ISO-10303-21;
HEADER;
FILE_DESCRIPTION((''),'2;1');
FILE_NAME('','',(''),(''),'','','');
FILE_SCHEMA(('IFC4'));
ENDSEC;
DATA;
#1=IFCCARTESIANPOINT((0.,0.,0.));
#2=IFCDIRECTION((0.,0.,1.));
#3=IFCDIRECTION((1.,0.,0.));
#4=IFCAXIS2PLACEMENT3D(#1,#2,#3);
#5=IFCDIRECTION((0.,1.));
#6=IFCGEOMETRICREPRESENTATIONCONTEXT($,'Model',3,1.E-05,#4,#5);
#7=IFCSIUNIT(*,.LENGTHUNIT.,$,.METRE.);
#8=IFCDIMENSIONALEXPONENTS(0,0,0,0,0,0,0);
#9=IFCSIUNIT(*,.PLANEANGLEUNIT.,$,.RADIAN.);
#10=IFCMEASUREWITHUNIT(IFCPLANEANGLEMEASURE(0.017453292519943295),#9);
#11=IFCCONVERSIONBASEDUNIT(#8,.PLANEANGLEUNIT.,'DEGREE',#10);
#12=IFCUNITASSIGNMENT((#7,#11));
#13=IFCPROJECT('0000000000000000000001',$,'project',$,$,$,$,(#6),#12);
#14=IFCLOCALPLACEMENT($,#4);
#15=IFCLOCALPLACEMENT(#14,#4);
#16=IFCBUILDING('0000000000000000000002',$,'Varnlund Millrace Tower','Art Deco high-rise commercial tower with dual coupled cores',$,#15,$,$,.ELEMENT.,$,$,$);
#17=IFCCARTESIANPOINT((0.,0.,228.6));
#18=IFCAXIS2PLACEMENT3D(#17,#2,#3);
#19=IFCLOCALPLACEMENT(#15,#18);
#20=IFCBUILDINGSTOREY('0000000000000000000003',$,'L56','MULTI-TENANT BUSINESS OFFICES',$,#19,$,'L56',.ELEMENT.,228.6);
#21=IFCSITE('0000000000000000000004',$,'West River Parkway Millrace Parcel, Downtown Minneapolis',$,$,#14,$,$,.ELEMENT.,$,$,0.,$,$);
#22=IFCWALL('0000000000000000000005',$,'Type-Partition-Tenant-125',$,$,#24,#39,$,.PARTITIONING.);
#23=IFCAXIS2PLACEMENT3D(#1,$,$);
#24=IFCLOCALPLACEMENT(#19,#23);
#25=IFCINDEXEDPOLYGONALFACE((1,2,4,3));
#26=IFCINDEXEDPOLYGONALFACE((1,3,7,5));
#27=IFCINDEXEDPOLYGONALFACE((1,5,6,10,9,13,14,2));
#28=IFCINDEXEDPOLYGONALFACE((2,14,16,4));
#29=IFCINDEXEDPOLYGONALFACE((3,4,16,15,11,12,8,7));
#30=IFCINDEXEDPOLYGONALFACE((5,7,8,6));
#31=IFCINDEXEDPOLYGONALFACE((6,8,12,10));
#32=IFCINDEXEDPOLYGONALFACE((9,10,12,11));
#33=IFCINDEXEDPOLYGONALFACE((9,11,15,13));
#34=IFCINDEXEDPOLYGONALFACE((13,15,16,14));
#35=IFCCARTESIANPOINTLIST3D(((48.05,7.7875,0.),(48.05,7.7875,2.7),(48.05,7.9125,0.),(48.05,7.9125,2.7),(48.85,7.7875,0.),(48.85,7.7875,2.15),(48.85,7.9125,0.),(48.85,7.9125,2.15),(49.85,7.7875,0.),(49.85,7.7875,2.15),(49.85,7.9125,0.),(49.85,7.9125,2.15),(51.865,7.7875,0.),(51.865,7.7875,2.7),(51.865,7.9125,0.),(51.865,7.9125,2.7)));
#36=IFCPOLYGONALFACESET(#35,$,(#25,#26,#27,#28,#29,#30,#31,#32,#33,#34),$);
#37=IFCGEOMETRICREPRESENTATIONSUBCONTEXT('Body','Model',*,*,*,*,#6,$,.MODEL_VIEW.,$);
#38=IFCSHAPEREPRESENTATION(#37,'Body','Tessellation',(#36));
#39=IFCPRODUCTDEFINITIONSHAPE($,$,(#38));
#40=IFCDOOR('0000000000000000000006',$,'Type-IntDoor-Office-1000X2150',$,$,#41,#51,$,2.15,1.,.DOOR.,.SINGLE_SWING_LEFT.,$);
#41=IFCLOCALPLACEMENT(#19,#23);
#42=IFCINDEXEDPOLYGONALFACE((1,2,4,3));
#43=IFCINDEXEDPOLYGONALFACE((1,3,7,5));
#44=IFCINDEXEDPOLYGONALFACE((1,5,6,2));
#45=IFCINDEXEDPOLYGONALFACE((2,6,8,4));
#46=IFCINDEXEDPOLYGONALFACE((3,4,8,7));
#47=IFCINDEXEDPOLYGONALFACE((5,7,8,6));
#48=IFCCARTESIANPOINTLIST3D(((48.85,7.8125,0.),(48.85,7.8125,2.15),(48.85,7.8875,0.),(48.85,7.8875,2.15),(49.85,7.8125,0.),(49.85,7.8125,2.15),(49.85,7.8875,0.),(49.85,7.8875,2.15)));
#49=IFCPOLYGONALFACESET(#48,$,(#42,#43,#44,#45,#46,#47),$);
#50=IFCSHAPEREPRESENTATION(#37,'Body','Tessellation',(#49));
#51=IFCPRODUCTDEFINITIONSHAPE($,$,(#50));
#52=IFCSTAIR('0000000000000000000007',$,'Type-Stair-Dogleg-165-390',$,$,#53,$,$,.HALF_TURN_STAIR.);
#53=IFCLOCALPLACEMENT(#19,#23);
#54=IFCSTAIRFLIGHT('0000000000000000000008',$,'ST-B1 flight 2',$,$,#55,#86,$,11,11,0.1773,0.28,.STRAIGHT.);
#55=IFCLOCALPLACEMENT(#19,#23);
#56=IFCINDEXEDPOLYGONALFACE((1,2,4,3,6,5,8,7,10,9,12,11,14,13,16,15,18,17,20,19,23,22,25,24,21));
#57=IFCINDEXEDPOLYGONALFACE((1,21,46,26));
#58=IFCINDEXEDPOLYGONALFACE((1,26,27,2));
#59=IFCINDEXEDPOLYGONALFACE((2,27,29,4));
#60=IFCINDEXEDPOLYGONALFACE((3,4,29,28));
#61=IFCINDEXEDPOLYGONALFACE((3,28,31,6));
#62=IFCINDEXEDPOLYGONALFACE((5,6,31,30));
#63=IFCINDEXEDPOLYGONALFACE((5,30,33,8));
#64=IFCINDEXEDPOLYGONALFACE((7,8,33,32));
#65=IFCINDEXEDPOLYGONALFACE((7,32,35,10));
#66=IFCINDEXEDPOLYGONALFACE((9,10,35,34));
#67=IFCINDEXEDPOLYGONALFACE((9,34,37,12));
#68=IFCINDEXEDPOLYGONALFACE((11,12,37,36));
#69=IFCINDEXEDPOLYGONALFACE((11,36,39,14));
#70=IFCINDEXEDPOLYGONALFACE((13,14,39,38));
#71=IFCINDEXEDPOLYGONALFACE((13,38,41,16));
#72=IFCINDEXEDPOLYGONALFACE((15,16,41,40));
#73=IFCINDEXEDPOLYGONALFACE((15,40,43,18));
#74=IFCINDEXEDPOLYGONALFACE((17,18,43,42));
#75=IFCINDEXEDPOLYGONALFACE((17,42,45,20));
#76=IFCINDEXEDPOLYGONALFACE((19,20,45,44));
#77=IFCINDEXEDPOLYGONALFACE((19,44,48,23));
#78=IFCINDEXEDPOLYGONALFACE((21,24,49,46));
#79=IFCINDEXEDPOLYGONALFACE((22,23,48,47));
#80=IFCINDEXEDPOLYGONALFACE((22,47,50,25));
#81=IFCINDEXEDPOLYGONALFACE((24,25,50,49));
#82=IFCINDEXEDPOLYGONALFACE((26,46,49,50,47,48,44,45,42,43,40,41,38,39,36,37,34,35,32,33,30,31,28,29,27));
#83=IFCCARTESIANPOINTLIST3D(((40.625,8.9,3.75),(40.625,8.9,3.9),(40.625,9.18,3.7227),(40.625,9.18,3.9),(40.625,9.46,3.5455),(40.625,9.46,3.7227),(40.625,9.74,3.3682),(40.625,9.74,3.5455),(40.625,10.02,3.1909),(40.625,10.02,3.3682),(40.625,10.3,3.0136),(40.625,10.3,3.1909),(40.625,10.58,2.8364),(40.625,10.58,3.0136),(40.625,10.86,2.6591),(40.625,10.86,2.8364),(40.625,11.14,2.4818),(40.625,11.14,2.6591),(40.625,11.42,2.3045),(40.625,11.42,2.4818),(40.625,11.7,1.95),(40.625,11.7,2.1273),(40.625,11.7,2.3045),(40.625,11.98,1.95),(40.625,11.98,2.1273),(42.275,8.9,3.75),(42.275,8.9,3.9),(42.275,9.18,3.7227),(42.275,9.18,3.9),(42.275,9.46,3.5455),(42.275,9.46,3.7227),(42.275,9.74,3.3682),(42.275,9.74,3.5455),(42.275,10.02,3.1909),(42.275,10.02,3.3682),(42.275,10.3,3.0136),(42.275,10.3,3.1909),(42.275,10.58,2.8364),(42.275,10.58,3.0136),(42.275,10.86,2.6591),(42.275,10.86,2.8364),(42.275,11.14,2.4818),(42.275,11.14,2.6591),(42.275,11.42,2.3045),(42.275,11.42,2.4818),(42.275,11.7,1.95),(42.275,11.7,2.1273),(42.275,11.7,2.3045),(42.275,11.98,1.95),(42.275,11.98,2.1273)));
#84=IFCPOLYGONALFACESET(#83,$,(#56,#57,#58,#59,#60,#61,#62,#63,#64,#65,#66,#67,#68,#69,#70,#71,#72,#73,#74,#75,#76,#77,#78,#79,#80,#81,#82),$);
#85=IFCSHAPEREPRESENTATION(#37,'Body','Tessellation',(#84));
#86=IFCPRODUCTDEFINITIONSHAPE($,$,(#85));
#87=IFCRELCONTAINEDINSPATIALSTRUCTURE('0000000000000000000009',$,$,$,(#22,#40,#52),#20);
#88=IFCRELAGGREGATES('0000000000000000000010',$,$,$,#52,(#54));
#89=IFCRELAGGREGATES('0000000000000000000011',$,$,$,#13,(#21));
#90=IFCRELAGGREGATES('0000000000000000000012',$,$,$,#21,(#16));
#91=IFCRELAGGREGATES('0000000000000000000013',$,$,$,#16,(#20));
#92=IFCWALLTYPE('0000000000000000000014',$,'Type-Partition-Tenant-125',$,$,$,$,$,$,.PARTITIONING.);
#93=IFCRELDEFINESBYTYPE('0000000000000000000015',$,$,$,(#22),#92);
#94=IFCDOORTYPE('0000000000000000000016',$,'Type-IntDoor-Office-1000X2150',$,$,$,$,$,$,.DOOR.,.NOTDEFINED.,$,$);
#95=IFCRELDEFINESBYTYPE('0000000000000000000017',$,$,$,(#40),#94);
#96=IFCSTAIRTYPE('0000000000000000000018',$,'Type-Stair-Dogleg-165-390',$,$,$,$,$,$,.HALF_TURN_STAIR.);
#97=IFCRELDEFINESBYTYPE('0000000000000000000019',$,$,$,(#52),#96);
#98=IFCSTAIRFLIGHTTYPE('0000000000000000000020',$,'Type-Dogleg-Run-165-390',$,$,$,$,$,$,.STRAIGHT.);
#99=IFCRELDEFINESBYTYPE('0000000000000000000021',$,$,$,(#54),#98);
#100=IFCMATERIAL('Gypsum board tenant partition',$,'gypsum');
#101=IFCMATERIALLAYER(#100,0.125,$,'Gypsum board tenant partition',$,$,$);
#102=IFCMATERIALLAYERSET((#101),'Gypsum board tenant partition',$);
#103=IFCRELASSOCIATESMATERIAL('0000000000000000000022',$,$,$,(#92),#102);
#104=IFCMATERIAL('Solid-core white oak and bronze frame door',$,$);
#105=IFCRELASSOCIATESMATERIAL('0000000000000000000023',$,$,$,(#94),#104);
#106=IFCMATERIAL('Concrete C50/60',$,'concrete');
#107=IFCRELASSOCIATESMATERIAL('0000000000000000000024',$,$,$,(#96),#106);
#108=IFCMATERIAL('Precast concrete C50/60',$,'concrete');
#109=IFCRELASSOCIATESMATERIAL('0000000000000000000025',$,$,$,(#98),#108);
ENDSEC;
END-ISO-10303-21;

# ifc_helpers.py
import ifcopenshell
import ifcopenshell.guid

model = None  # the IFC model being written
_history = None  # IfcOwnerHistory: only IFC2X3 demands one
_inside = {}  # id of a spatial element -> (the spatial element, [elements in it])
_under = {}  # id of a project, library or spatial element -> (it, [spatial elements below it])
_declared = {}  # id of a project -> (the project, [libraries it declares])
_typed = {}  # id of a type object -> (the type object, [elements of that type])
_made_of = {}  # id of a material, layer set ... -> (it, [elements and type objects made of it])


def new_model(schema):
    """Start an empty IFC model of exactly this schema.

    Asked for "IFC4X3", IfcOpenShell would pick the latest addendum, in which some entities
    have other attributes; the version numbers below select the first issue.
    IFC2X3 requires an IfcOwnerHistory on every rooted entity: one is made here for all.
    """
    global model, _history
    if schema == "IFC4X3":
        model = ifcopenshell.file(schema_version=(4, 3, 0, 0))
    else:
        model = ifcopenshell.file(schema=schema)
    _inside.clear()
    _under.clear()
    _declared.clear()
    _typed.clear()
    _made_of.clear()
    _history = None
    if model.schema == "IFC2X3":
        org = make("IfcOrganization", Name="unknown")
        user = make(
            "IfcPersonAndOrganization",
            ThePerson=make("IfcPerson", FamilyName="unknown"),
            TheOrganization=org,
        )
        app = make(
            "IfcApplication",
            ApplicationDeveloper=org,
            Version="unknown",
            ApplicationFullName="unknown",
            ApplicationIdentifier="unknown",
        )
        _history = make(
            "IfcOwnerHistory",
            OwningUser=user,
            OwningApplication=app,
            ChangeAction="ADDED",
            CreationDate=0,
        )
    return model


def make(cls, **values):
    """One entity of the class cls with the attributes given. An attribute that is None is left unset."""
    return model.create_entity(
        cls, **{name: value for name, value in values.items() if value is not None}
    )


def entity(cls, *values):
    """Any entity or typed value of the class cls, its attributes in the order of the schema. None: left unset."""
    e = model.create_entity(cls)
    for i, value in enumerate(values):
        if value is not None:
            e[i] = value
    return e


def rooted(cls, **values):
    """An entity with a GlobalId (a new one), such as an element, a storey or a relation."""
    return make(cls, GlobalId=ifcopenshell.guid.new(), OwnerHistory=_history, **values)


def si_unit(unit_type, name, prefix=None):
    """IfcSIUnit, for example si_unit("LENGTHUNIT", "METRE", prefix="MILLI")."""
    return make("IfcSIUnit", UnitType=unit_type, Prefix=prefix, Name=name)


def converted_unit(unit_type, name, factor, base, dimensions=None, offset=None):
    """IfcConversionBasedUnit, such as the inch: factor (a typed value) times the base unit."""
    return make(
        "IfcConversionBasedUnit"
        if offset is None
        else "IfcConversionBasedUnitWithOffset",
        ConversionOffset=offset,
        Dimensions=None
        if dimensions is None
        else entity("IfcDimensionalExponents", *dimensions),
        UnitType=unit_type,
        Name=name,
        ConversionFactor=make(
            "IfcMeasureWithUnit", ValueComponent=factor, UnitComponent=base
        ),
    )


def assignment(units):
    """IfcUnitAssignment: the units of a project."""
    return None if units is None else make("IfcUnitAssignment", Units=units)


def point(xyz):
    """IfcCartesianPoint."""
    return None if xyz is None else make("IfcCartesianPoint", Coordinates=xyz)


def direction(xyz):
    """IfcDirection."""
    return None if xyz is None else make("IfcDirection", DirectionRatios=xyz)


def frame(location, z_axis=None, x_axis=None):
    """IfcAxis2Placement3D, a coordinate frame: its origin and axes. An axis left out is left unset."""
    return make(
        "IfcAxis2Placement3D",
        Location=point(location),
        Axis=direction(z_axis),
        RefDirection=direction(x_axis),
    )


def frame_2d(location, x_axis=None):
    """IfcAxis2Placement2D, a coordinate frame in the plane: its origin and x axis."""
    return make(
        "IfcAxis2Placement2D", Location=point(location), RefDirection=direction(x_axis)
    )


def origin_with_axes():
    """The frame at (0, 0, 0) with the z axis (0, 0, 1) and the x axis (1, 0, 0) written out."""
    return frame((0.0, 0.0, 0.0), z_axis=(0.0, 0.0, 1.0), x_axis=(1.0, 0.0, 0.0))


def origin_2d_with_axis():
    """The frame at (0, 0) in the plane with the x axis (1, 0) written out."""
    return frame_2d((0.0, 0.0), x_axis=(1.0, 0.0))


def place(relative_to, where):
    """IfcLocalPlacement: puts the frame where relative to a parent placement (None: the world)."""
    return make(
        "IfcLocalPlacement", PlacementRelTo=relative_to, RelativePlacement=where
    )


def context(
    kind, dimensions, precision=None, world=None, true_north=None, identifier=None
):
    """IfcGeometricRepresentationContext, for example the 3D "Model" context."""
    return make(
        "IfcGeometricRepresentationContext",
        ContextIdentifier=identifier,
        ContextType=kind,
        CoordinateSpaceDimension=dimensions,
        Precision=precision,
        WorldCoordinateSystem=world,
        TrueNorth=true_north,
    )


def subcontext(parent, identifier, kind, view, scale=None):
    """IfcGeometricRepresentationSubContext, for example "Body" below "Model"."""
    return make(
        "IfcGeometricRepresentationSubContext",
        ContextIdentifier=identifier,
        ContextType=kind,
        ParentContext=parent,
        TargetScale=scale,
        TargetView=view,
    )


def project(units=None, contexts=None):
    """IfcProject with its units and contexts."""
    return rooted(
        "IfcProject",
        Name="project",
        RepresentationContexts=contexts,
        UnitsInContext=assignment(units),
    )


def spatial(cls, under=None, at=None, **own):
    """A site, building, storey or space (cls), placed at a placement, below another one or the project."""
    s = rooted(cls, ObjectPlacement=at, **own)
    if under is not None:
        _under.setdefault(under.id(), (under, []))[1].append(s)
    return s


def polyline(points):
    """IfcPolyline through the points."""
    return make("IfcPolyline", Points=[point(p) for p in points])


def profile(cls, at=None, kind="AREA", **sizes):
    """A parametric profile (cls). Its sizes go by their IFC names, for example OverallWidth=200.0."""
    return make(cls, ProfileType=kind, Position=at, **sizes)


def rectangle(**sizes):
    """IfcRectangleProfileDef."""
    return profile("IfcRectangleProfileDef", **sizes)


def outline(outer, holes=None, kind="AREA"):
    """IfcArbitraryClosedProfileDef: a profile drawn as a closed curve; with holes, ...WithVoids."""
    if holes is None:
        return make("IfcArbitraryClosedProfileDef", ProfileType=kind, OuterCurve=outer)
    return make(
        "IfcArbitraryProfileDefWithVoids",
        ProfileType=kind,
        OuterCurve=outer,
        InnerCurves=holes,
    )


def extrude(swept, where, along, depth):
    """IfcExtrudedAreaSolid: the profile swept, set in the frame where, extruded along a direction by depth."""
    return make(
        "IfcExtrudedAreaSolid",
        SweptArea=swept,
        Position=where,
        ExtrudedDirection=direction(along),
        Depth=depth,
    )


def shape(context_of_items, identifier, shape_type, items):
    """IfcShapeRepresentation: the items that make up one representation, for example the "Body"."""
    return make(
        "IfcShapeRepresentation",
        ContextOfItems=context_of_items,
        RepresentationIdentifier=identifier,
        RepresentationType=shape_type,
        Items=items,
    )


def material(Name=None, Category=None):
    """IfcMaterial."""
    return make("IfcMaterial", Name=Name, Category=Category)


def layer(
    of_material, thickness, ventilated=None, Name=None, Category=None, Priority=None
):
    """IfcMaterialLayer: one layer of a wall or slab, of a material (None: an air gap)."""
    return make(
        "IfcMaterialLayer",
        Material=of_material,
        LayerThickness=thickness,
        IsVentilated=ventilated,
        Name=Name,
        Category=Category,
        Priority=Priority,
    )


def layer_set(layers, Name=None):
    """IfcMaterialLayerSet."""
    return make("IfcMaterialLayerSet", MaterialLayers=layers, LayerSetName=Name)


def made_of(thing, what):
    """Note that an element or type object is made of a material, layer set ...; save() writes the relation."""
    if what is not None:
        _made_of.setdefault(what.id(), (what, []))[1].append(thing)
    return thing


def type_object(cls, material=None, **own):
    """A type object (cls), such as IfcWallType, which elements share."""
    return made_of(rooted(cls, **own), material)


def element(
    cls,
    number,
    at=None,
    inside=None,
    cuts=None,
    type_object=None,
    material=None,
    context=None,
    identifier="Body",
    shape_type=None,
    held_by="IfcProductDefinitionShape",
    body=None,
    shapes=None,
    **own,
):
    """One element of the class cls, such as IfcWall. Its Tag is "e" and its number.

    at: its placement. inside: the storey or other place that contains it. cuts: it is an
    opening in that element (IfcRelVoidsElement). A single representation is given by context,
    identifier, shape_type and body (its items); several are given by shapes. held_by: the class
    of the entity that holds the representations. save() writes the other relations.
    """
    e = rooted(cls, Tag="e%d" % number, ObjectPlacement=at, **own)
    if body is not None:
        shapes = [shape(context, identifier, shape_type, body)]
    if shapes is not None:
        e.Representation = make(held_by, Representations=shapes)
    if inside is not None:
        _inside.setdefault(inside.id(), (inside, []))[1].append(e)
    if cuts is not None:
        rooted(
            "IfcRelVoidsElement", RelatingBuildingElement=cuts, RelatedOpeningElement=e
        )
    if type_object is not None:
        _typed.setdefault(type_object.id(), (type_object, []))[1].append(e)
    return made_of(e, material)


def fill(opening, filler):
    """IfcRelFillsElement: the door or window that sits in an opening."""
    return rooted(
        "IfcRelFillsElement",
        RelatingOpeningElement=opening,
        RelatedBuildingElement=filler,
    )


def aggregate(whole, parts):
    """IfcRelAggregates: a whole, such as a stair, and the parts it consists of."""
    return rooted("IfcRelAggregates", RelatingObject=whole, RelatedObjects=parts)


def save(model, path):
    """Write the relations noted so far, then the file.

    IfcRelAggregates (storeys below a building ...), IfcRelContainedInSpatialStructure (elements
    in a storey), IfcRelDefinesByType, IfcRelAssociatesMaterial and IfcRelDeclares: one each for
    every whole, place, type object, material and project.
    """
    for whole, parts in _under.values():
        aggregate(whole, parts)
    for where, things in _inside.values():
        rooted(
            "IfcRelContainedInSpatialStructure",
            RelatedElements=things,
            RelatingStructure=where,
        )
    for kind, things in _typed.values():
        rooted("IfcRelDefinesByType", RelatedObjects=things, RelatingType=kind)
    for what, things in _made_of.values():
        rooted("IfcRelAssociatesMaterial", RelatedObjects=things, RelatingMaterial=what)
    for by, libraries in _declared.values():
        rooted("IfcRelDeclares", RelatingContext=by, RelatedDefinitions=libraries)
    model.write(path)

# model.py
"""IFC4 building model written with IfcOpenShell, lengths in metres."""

from ifc_helpers import new_model, entity, si_unit, converted_unit, direction, frame, origin_with_axes, origin_2d_with_axis, place, context, subcontext, project, spatial, polyline, rectangle, outline, extrude, material, layer, layer_set, type_object, element, fill, aggregate, save


model = new_model("IFC4")

# Units and contexts
model_context = context("Model", 3, precision=1e-05, world=origin_with_axes(), true_north=direction((0.0, 1.0)))
body_context = subcontext(model_context, "Body", "Model", "MODEL_VIEW")
ifc_project = project(units=[si_unit("LENGTHUNIT", "METRE"), converted_unit("PLANEANGLEUNIT", "DEGREE", entity("IfcPlaneAngleMeasure", 0.017453292519943295), si_unit("PLANEANGLEUNIT", "RADIAN"), dimensions=[0, 0, 0, 0, 0, 0, 0])], contexts=[model_context])

# Site, building, storey
site_placement = place(None, origin_with_axes())
site = spatial("IfcSite", under=ifc_project, at=site_placement, Name="West River Parkway Millrace Parcel, Downtown Minneapolis", CompositionType="ELEMENT", RefElevation=0.0)
building_placement = place(site_placement, origin_with_axes())
building = spatial("IfcBuilding", under=site, at=building_placement, Name="Varnlund Millrace Tower", Description="Art Deco high-rise commercial tower with dual coupled cores", CompositionType="ELEMENT")
storey_placement = place(building_placement, frame((0.0, 0.0, 228.6), z_axis=(0.0, 0.0, 1.0), x_axis=(1.0, 0.0, 0.0)))
storey = spatial("IfcBuildingStorey", under=building, at=storey_placement, Name="L56", Description="MULTI-TENANT BUSINESS OFFICES", LongName="L56", CompositionType="ELEMENT", Elevation=228.6)

# Shared definitions
ifc_material_1 = material(Name="Precast concrete C50/60", Category="concrete")

# Wall, opening, door
ifc_material_2 = material(Name="Gypsum board tenant partition", Category="gypsum")
ifc_layer_1 = layer(ifc_material_2, 0.125, Name="Gypsum board tenant partition")
ifc_layer_set_1 = layer_set([ifc_layer_1], Name="Gypsum board tenant partition")
wall_type_1 = type_object("IfcWallType", Name="Type-Partition-Tenant-125", PredefinedType="PARTITIONING", material=ifc_layer_set_1)
wall_1_placement = place(storey_placement, frame((51.865, 7.85, 0.0), z_axis=(0.0, 0.0, 1.0), x_axis=(-1.0, 0.0, 0.0)))
wall_1 = element("IfcWall", 1, at=wall_1_placement, inside=storey, type_object=wall_type_1, Name="Type-Partition-Tenant-125", PredefinedType="PARTITIONING", context=body_context, shape_type="SweptSolid", body=[
    extrude(outline(polyline([(0.0, -0.0625), (3.815, -0.0625), (3.815, 0.0625), (0.0, 0.0625), (0.0, -0.0625)])), origin_with_axes(), (0.0, 0.0, 1.0), 2.7),
])
opening_1_placement = place(wall_1_placement, frame((2.515, 0.0, 0.0), z_axis=(0.0, 0.0, 1.0), x_axis=(1.0, 0.0, 0.0)))
opening_1 = element("IfcOpeningElement", 2, at=opening_1_placement, cuts=wall_1, PredefinedType="OPENING", context=body_context, shape_type="SweptSolid", body=[
    extrude(rectangle(XDim=1.0, YDim=0.145, at=origin_2d_with_axis()), origin_with_axes(), (0.0, 0.0, 1.0), 2.15),
])
ifc_material_3 = material(Name="Solid-core white oak and bronze frame door")
door_type = type_object("IfcDoorType", Name="Type-IntDoor-Office-1000X2150", OperationType="NOTDEFINED", PredefinedType="DOOR", material=ifc_material_3)
door_placement = place(wall_1_placement, frame((2.515, 0.0, 0.0), z_axis=(0.0, 0.0, 1.0), x_axis=(1.0, 0.0, 0.0)))
door = element("IfcDoor", 3, at=door_placement, inside=storey, type_object=door_type, Name="Type-IntDoor-Office-1000X2150", OperationType="SINGLE_SWING_LEFT", OverallHeight=2.15, OverallWidth=1.0, PredefinedType="DOOR", context=body_context, shape_type="SweptSolid", body=[
    extrude(rectangle(XDim=1.0, YDim=0.075, at=origin_2d_with_axis()), origin_with_axes(), (0.0, 0.0, 1.0), 2.15),
])
fill(opening_1, door)

# Stair, stair flight
ifc_material_4 = material(Name="Concrete C50/60", Category="concrete")
stair_type = type_object("IfcStairType", Name="Type-Stair-Dogleg-165-390", PredefinedType="HALF_TURN_STAIR", material=ifc_material_4)
stair_placement = place(storey_placement, origin_with_axes())
stair = element("IfcStair", 4, at=stair_placement, inside=storey, type_object=stair_type, Name="Type-Stair-Dogleg-165-390", PredefinedType="HALF_TURN_STAIR")
stair_flight_type = type_object("IfcStairFlightType", Name="Type-Dogleg-Run-165-390", PredefinedType="STRAIGHT", material=ifc_material_1)
stair_flight_placement = place(storey_placement, frame((42.275, 11.98, 1.95), z_axis=(-1.0, 0.0, 0.0), x_axis=(0.0, -1.0, 0.0)))
stair_flight = element("IfcStairFlight", 5, at=stair_flight_placement, type_object=stair_flight_type, Name="ST-B1 flight 2", NumberOfRisers=11, NumberOfTreads=11, PredefinedType="STRAIGHT", RiserHeight=0.1773, TreadLength=0.28, context=body_context, shape_type="SweptSolid", body=[
    extrude(outline(polyline([(0.0, 0.0), (0.0, 0.1773), (0.28, 0.1773), (0.28, 0.3545), (0.56, 0.3545), (0.56, 0.5318), (0.84, 0.5318), (0.84, 0.7091), (1.12, 0.7091), (1.12, 0.8864), (1.4, 0.8864), (1.4, 1.0636), (1.68, 1.0636), (1.68, 1.2409), (1.96, 1.2409), (1.96, 1.4182), (2.24, 1.4182), (2.24, 1.5955), (2.52, 1.5955), (2.52, 1.7727), (2.8, 1.7727), (2.8, 1.95), (3.08, 1.95), (3.08, 1.8), (0.28, 0.0), (0.0, 0.0)])), origin_with_axes(), (0.0, 0.0, 1.0), 1.65),
])
aggregate(stair, [stair_flight])

save(model, "model.ifc")
